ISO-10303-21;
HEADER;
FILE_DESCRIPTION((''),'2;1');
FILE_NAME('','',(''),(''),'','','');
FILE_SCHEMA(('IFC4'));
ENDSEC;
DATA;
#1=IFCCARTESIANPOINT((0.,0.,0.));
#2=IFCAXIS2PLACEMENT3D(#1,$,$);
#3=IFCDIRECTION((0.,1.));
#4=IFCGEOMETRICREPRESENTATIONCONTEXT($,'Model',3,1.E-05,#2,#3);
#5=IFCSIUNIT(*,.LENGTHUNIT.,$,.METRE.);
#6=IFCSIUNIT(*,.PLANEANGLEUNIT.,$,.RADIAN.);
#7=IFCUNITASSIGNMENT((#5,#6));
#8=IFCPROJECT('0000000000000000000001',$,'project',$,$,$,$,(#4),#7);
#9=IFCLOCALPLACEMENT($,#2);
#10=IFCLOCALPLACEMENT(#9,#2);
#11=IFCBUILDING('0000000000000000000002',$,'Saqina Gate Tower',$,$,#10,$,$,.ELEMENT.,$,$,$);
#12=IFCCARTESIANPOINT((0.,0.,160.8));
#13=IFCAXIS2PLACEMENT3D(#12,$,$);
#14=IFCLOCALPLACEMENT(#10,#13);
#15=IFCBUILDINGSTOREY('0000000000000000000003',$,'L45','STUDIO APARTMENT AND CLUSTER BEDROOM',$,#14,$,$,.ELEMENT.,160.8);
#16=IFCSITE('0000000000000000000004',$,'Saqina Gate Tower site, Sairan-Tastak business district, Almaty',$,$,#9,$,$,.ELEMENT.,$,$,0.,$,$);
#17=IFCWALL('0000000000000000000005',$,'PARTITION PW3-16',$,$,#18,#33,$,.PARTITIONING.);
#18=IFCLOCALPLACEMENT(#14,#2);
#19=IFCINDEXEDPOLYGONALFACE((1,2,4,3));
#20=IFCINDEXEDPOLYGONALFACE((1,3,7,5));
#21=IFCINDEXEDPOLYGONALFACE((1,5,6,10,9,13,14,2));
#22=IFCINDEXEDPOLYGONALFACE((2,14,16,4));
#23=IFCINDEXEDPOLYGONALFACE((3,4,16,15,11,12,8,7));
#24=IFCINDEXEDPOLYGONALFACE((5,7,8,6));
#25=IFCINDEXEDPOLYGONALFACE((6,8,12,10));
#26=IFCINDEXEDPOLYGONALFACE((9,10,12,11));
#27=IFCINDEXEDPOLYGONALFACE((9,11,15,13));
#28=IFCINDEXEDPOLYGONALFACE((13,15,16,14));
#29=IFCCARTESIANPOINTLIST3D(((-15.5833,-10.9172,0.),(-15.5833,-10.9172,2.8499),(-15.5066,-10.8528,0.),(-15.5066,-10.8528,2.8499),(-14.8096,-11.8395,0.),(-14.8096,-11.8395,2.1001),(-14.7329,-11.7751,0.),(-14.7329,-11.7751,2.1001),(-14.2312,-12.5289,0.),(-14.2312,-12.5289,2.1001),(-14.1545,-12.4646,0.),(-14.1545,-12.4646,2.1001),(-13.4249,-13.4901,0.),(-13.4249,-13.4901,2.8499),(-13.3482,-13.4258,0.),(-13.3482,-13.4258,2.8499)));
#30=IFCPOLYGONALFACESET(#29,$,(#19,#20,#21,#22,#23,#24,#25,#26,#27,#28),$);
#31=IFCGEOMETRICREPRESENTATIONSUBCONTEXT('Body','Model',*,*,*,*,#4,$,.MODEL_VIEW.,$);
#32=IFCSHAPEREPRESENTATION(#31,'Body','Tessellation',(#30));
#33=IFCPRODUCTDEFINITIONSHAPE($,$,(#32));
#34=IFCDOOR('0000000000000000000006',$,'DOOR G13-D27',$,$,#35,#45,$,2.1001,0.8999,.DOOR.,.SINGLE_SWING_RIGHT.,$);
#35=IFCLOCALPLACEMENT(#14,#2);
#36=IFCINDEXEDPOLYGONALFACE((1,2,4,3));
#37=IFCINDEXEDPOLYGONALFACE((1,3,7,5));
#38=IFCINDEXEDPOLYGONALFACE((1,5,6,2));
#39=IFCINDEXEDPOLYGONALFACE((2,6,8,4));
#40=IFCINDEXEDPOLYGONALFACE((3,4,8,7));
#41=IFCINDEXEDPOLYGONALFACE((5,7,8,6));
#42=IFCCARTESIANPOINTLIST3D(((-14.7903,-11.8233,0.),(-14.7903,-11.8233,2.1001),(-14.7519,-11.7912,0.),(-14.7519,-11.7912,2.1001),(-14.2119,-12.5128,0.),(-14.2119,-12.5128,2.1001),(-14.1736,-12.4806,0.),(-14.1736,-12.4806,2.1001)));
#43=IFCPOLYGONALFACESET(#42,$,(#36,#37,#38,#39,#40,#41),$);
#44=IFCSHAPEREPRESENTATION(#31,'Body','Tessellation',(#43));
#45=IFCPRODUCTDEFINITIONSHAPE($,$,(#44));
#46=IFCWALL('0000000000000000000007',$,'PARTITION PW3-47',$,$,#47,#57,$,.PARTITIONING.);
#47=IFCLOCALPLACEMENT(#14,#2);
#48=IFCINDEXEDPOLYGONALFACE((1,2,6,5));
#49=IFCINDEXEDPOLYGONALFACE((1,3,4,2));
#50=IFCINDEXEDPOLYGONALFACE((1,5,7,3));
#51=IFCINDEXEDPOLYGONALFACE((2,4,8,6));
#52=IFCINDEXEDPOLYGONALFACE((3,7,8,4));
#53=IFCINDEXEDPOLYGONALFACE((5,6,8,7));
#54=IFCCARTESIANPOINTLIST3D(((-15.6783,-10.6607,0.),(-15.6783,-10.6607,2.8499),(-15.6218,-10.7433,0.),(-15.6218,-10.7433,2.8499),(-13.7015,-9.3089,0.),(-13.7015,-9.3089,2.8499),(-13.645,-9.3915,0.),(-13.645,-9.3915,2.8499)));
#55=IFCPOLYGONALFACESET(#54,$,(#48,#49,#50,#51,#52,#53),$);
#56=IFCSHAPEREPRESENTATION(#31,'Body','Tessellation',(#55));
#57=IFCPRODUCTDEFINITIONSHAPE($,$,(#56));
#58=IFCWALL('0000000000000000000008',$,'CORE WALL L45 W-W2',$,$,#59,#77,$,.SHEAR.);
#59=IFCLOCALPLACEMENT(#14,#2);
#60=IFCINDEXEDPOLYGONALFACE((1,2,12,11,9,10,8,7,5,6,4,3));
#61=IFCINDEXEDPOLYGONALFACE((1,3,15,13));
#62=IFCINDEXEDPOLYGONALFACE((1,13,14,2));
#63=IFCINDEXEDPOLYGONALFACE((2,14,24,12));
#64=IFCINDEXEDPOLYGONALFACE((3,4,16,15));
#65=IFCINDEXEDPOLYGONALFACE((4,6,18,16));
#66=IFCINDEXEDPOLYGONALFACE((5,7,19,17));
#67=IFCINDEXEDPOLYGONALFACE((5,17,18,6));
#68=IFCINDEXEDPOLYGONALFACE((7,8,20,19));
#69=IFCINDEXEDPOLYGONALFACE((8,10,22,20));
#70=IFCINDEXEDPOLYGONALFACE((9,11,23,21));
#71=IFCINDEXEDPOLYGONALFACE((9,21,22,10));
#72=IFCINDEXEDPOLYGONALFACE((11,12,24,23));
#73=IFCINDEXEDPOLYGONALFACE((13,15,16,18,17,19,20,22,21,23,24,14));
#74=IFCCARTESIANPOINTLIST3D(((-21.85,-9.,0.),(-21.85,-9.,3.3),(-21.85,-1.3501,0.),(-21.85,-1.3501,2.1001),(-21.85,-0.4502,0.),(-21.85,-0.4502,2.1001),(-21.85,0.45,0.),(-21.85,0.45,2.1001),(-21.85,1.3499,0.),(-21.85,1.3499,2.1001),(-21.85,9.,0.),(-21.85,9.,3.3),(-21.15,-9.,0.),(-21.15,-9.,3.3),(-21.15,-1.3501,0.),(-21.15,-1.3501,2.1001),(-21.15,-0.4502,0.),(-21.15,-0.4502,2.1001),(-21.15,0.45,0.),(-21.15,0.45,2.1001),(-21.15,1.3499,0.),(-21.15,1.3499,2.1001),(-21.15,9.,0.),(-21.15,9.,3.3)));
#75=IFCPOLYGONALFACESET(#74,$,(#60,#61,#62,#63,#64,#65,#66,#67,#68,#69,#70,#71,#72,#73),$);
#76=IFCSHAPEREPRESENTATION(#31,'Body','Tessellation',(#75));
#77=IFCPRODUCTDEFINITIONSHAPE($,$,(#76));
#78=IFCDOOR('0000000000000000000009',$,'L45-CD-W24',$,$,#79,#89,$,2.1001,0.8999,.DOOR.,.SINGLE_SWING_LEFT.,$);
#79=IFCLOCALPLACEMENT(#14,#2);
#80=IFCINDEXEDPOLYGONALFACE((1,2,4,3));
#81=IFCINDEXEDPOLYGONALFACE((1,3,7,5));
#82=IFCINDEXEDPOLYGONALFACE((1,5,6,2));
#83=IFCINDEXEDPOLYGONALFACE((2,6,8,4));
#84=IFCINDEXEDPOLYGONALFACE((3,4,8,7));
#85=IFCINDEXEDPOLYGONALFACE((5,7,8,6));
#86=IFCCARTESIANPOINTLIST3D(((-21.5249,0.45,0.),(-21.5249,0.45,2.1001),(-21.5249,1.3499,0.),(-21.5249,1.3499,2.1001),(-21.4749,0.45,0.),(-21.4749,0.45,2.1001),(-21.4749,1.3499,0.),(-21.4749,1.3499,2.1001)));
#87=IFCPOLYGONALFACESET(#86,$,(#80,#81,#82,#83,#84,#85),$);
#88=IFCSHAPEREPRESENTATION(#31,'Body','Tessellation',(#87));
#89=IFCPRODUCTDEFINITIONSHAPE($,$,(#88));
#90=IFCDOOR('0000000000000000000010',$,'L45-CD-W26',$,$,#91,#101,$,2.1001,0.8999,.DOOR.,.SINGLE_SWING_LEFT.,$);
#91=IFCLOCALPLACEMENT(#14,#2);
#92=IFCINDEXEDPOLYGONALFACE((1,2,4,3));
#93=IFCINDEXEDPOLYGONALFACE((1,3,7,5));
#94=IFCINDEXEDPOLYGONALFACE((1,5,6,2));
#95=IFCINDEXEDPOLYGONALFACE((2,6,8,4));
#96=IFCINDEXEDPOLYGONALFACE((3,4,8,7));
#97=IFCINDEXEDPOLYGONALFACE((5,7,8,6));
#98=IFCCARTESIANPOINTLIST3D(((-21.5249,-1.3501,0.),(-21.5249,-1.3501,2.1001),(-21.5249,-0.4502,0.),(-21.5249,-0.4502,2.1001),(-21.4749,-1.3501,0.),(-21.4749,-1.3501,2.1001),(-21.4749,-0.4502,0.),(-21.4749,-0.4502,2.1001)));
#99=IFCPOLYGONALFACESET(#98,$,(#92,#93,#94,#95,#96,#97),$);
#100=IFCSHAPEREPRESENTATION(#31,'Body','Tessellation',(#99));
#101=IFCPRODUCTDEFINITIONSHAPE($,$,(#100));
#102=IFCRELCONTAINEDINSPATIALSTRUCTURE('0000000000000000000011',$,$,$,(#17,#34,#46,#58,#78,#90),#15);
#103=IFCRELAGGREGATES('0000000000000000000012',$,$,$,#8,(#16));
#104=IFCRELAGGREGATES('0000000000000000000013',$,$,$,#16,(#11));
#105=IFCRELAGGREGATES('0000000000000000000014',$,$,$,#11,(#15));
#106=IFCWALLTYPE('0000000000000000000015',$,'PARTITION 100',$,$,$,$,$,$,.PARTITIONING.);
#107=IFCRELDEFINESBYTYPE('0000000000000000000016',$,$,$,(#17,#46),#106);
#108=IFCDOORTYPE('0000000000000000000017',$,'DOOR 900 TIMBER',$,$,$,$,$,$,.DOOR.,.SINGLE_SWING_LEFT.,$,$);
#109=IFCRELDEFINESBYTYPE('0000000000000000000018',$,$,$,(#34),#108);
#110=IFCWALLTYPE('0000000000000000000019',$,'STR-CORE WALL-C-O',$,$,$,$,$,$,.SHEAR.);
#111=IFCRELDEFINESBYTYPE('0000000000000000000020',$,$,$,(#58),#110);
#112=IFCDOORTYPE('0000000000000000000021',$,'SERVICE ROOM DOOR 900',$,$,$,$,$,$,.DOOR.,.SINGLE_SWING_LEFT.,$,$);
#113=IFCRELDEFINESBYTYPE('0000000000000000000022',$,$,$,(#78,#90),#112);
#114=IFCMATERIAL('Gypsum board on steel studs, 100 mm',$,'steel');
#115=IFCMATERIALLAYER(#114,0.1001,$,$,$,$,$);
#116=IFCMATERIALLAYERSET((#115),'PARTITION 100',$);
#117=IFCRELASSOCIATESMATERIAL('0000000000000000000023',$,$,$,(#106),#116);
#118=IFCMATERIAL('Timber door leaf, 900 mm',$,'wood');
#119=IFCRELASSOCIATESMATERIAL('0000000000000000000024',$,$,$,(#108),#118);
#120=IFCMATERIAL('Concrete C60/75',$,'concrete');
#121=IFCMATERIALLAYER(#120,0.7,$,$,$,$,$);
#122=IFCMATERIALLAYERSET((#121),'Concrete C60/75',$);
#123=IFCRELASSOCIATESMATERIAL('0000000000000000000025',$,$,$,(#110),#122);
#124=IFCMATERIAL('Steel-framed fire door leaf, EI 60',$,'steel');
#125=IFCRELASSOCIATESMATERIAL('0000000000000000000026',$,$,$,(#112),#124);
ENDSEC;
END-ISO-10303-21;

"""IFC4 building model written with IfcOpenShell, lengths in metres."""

from ifc_helpers import new_model, si_unit, direction, frame, frame_2d, origin, place, context, subcontext, project, spatial, rectangle, extrude, material, layer, layer_set, type_object, element, fill, save


model = new_model("IFC4")

# Units and contexts
model_context = context("Model", 3, precision=1e-05, world=origin(), true_north=direction((0.0, 1.0)))
body_context = subcontext(model_context, "Body", "Model", "MODEL_VIEW")
ifc_project = project(units=[si_unit("LENGTHUNIT", "METRE"), si_unit("PLANEANGLEUNIT", "RADIAN")], contexts=[model_context])

# Site, building, storey
site_placement = place(None, origin())
site = spatial("IfcSite", under=ifc_project, at=site_placement, Name="Saqina Gate Tower site, Sairan-Tastak business district, Almaty", CompositionType="ELEMENT", RefElevation=0.0)
building_placement = place(site_placement, origin())
building = spatial("IfcBuilding", under=site, at=building_placement, Name="Saqina Gate Tower", CompositionType="ELEMENT")
storey_placement = place(building_placement, frame((0.0, 0.0, 160.8)))
storey = spatial("IfcBuildingStorey", under=building, at=storey_placement, Name="L45", Description="STUDIO APARTMENT AND CLUSTER BEDROOM", CompositionType="ELEMENT", Elevation=160.8)

# Wall, opening, door
ifc_material_1 = material(Name="Gypsum board on steel studs, 100 mm", Category="steel")
ifc_layer_1 = layer(ifc_material_1, 0.1001)
ifc_layer_set_1 = layer_set([ifc_layer_1], Name="PARTITION 100")
wall_type_1 = type_object("IfcWallType", Name="PARTITION 100", PredefinedType="PARTITIONING", material=ifc_layer_set_1)
wall_1_placement = place(storey_placement, frame((-15.5449, -10.885, 0.0), z_axis=(0.0, 0.0, 1.0), x_axis=(0.642691, -0.766126, 0.0)))
wall_1 = element("IfcWall", 1, at=wall_1_placement, inside=storey, type_object=wall_type_1, Name="PARTITION PW3-16", PredefinedType="PARTITIONING", context=body_context, shape_type="SweptSolid", body=[
    extrude(rectangle(XDim=3.3584, YDim=0.1001, at=frame_2d((1.6792, 0.0))), origin(), (0.0, 0.0, 1.0), 2.8499),
])
opening_1_placement = place(wall_1_placement, frame((1.2039, 0.0, 0.0)))
opening_1 = element("IfcOpeningElement", 2, at=opening_1_placement, cuts=wall_1, PredefinedType="OPENING", context=body_context, shape_type="SweptSolid", body=[
    extrude(rectangle(XDim=0.8999, YDim=2.1001, at=frame_2d((0.45, 1.05))), frame((0.0, 0.062, 0.0), z_axis=(0.0, -1.0, 0.0), x_axis=(1.0, 0.0, 0.0)), (0.0, 0.0, 1.0), 0.124),
])
ifc_material_2 = material(Name="Timber door leaf, 900 mm", Category="wood")
door_type_1 = type_object("IfcDoorType", Name="DOOR 900 TIMBER", OperationType="SINGLE_SWING_LEFT", PredefinedType="DOOR", material=ifc_material_2)
door_1_placement = place(opening_1_placement, frame((0.8999, 0.0, 0.0), z_axis=(0.0, 0.0, 1.0), x_axis=(-1.0, 0.0, 0.0)))
door_1 = element("IfcDoor", 3, at=door_1_placement, inside=storey, type_object=door_type_1, Name="DOOR G13-D27", OperationType="SINGLE_SWING_RIGHT", OverallHeight=2.1001, OverallWidth=0.8999, PredefinedType="DOOR", context=body_context, shape_type="SweptSolid", body=[
    extrude(rectangle(XDim=0.8999, YDim=2.1001, at=frame_2d((0.45, 1.05))), frame((0.0, 0.0249, 0.0), z_axis=(0.0, -1.0, 0.0), x_axis=(1.0, 0.0, 0.0)), (0.0, 0.0, 1.0), 0.05),
])
fill(opening_1, door_1)

# Wall
wall_2_placement = place(storey_placement, frame((-15.6499, -10.7019, 0.0), z_axis=(0.0, 0.0, 1.0), x_axis=(0.825452, 0.564472, 0.0)))
element("IfcWall", 4, at=wall_2_placement, inside=storey, type_object=wall_type_1, Name="PARTITION PW3-47", PredefinedType="PARTITIONING", context=body_context, shape_type="SweptSolid", body=[
    extrude(rectangle(XDim=2.3948, YDim=0.1001, at=frame_2d((1.1973, 0.0))), origin(), (0.0, 0.0, 1.0), 2.8499),
])

# Wall, openings, doors
ifc_material_3 = material(Name="Concrete C60/75", Category="concrete")
ifc_layer_2 = layer(ifc_material_3, 0.7)
ifc_layer_set_2 = layer_set([ifc_layer_2], Name="Concrete C60/75")
wall_type_2 = type_object("IfcWallType", Name="STR-CORE WALL-C-O", PredefinedType="SHEAR", material=ifc_layer_set_2)
wall_3_placement = place(storey_placement, frame((-21.5, -9.0, 0.0), z_axis=(0.0, 0.0, 1.0), x_axis=(0.0, 1.0, 0.0)))
wall_3 = element("IfcWall", 5, at=wall_3_placement, inside=storey, type_object=wall_type_2, Name="CORE WALL L45 W-W2", PredefinedType="SHEAR", context=body_context, shape_type="SweptSolid", body=[
    extrude(rectangle(XDim=18.0, YDim=0.7, at=frame_2d((9.0, 0.0))), origin(), (0.0, 0.0, 1.0), 3.3),
])
opening_2_placement = place(wall_3_placement, frame((9.45, 0.0, 0.0)))
opening_2 = element("IfcOpeningElement", 6, at=opening_2_placement, cuts=wall_3, PredefinedType="OPENING", context=body_context, shape_type="SweptSolid", body=[
    extrude(rectangle(XDim=0.8999, YDim=2.1001, at=frame_2d((0.45, 1.05))), frame((0.0, 0.3621, 0.0), z_axis=(0.0, -1.0, 0.0), x_axis=(1.0, 0.0, 0.0)), (0.0, 0.0, 1.0), 0.7239),
])
opening_3_placement = place(wall_3_placement, frame((7.6499, 0.0, 0.0)))
opening_3 = element("IfcOpeningElement", 7, at=opening_3_placement, cuts=wall_3, PredefinedType="OPENING", context=body_context, shape_type="SweptSolid", body=[
    extrude(rectangle(XDim=0.8999, YDim=2.1001, at=frame_2d((0.45, 1.05))), frame((0.0, 0.3621, 0.0), z_axis=(0.0, -1.0, 0.0), x_axis=(1.0, 0.0, 0.0)), (0.0, 0.0, 1.0), 0.7239),
])
ifc_material_4 = material(Name="Steel-framed fire door leaf, EI 60", Category="steel")
door_type_2 = type_object("IfcDoorType", Name="SERVICE ROOM DOOR 900", OperationType="SINGLE_SWING_LEFT", PredefinedType="DOOR", material=ifc_material_4)
door_2_placement = place(opening_2_placement, origin())
door_2 = element("IfcDoor", 8, at=door_2_placement, inside=storey, type_object=door_type_2, Name="L45-CD-W24", OperationType="SINGLE_SWING_LEFT", OverallHeight=2.1001, OverallWidth=0.8999, PredefinedType="DOOR", context=body_context, shape_type="SweptSolid", body=[
    extrude(rectangle(XDim=0.8999, YDim=2.1001, at=frame_2d((0.45, 1.05))), frame((0.0, 0.0249, 0.0), z_axis=(0.0, -1.0, 0.0), x_axis=(1.0, 0.0, 0.0)), (0.0, 0.0, 1.0), 0.05),
])
fill(opening_2, door_2)
door_3_placement = place(opening_3_placement, origin())
door_3 = element("IfcDoor", 9, at=door_3_placement, inside=storey, type_object=door_type_2, Name="L45-CD-W26", OperationType="SINGLE_SWING_LEFT", OverallHeight=2.1001, OverallWidth=0.8999, PredefinedType="DOOR", context=body_context, shape_type="SweptSolid", body=[
    extrude(rectangle(XDim=0.8999, YDim=2.1001, at=frame_2d((0.45, 1.05))), frame((0.0, 0.0249, 0.0), z_axis=(0.0, -1.0, 0.0), x_axis=(1.0, 0.0, 0.0)), (0.0, 0.0, 1.0), 0.05),
])
fill(opening_3, door_3)

save(model, "model.ifc")
